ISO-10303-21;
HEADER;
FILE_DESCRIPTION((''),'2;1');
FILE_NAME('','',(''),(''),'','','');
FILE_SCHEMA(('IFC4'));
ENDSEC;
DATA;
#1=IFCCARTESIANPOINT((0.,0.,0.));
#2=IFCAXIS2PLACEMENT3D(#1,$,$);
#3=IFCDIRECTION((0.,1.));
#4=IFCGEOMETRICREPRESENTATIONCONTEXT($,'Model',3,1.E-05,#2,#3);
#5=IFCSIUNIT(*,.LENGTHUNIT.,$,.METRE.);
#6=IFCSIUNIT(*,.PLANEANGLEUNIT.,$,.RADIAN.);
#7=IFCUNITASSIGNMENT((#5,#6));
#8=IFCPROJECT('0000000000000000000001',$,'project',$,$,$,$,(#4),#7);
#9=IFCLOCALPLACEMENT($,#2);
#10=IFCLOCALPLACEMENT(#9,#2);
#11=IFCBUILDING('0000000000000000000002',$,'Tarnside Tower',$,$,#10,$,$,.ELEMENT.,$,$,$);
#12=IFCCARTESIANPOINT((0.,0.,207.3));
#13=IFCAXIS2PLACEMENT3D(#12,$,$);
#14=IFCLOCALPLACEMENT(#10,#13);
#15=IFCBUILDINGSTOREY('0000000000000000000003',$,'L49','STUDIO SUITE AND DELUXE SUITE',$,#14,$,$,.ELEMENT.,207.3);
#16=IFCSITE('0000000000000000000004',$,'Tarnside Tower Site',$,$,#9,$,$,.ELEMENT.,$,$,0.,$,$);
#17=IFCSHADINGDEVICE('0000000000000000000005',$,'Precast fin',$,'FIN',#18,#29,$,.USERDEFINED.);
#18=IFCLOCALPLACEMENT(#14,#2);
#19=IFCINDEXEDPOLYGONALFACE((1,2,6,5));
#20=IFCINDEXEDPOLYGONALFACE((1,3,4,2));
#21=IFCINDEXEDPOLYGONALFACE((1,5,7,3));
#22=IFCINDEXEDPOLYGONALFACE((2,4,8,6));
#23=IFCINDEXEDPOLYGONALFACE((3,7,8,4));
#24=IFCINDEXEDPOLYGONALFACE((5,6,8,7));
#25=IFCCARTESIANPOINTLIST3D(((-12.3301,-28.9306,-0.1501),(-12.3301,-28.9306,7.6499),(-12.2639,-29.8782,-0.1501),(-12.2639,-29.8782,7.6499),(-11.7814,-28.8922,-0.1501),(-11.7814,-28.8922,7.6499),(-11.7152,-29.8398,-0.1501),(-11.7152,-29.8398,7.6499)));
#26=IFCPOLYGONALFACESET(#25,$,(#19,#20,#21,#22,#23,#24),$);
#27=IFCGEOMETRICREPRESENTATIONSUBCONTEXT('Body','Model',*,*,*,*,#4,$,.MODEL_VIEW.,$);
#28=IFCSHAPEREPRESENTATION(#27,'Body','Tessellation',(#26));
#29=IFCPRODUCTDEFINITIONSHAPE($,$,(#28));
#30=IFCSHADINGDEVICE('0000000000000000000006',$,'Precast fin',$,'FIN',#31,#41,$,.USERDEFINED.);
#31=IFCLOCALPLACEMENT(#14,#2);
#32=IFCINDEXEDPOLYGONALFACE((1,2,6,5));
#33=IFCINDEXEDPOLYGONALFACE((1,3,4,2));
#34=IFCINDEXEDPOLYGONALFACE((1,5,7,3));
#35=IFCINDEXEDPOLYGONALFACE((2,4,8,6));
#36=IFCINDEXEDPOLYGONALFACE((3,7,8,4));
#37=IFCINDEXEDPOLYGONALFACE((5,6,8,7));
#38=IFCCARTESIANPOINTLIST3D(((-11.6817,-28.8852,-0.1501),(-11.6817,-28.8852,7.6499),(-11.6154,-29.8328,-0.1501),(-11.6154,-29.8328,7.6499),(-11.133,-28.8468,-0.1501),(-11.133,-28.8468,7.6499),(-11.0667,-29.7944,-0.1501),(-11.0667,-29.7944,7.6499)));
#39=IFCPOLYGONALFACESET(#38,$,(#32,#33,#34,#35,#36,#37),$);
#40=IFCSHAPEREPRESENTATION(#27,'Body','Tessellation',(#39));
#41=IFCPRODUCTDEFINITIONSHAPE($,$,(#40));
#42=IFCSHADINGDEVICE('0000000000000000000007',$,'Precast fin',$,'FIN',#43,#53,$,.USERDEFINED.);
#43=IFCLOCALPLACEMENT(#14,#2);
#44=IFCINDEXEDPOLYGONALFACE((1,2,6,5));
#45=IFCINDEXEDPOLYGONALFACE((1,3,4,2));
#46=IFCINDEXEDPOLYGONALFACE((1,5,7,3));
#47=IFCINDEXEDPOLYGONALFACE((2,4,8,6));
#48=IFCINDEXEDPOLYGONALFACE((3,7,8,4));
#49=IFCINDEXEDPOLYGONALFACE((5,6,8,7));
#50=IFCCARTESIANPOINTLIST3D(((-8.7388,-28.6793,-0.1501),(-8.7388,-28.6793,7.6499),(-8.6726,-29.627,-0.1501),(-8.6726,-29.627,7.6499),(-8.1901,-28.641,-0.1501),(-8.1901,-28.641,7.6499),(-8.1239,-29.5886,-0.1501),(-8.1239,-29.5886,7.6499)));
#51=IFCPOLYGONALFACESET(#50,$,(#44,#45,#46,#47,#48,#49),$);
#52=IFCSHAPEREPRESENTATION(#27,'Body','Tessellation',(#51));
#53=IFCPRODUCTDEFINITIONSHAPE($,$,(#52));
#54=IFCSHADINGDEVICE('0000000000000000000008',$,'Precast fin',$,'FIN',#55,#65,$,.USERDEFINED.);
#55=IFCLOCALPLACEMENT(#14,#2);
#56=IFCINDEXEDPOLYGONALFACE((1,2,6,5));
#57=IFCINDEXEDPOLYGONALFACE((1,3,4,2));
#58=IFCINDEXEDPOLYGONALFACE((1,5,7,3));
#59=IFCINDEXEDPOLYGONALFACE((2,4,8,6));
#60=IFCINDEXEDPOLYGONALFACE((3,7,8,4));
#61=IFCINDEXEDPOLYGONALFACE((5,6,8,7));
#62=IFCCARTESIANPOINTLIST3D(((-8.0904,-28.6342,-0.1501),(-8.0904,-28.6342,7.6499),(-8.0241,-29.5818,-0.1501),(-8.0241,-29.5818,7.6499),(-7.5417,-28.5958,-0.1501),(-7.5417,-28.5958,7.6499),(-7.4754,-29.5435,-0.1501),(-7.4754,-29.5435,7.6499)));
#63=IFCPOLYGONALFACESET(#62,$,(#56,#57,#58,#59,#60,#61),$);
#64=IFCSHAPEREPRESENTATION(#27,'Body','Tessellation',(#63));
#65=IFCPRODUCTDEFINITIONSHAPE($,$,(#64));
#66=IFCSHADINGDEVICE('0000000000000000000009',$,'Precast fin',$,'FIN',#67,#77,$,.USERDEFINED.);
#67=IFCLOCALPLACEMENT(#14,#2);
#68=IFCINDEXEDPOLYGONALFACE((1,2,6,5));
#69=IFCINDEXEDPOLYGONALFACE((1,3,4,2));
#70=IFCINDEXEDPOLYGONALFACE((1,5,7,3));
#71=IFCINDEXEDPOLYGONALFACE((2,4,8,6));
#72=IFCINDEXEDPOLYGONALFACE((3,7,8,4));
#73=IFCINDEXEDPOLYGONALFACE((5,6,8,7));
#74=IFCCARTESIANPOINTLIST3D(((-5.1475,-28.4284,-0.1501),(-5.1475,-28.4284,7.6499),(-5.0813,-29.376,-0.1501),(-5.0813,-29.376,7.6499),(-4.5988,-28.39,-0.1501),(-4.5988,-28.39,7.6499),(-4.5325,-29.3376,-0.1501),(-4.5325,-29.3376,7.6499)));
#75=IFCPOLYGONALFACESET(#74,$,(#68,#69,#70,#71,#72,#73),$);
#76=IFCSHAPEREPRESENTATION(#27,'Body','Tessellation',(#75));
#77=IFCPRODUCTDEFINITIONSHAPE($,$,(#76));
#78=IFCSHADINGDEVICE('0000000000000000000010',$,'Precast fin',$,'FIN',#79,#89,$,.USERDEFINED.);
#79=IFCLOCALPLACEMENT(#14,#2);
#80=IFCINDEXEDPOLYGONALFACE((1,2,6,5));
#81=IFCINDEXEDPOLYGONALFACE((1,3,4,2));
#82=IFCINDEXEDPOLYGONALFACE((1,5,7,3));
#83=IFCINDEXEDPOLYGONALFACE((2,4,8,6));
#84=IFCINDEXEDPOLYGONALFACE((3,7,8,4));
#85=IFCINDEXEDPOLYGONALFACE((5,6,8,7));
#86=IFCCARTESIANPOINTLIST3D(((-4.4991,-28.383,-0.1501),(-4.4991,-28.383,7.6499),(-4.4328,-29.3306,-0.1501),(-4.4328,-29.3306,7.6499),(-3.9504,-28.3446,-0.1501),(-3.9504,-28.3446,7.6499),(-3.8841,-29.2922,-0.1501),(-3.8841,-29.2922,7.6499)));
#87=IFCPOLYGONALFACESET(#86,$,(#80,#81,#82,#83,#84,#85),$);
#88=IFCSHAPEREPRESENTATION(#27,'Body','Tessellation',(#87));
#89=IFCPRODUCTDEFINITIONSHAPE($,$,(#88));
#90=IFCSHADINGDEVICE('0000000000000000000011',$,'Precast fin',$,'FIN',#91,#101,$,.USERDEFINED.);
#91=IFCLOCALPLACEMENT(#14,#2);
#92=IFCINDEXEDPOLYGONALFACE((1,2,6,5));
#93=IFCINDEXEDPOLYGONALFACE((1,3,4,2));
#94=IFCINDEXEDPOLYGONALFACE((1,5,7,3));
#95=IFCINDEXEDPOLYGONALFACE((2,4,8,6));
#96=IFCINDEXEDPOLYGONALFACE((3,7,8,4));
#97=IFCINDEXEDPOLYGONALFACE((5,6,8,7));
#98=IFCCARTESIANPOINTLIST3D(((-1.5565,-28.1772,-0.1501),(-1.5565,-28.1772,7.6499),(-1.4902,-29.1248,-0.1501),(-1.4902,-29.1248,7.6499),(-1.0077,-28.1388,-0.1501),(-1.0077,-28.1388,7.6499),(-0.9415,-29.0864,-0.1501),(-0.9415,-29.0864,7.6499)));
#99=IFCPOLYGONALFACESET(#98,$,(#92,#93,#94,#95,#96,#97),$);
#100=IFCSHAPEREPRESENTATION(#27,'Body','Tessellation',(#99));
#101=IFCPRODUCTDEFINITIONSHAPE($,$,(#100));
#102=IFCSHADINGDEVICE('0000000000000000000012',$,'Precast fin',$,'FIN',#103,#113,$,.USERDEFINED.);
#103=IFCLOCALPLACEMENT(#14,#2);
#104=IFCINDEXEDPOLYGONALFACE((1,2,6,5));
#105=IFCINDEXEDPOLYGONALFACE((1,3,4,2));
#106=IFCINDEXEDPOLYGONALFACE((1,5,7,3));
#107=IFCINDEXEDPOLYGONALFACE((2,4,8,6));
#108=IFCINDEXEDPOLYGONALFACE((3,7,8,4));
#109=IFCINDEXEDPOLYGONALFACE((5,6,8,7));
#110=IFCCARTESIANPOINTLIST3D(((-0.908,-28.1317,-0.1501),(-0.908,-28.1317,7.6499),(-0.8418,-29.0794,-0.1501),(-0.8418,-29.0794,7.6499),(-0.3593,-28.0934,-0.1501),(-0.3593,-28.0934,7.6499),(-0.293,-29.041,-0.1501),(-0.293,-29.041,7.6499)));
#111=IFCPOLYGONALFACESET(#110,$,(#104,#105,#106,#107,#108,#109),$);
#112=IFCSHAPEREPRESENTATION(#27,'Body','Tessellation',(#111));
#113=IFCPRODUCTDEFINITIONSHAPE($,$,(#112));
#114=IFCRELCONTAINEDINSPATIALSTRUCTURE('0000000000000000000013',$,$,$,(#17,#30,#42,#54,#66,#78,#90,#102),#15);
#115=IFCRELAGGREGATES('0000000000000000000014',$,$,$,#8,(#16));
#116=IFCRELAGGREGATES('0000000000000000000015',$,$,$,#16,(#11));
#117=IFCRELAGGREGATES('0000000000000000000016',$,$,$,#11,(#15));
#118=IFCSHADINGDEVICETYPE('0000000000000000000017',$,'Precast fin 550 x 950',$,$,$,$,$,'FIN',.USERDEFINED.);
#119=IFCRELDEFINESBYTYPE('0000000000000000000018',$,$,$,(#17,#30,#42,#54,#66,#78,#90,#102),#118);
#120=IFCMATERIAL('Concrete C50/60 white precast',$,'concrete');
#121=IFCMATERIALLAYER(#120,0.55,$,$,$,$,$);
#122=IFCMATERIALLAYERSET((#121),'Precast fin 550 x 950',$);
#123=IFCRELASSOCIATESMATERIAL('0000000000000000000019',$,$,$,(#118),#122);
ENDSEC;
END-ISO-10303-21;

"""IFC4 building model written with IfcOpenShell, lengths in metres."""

from ifc_helpers import new_model, si_unit, direction, frame, origin, place, context, subcontext, project, spatial, polyline, outline, extrude, material, layer, layer_set, type_object, element, save


model = new_model("IFC4")

# Units and contexts
model_context = context("Model", 3, precision=1e-05, world=origin(), true_north=direction((0.0, 1.0)))
body_context = subcontext(model_context, "Body", "Model", "MODEL_VIEW")
ifc_project = project(units=[si_unit("LENGTHUNIT", "METRE"), si_unit("PLANEANGLEUNIT", "RADIAN")], contexts=[model_context])

# Site, building, storey
site_placement = place(None, origin())
site = spatial("IfcSite", under=ifc_project, at=site_placement, Name="Tarnside Tower Site", CompositionType="ELEMENT", RefElevation=0.0)
building_placement = place(site_placement, origin())
building = spatial("IfcBuilding", under=site, at=building_placement, Name="Tarnside Tower", CompositionType="ELEMENT")
storey_placement = place(building_placement, frame((0.0, 0.0, 207.3)))
storey = spatial("IfcBuildingStorey", under=building, at=storey_placement, Name="L49", Description="STUDIO SUITE AND DELUXE SUITE", CompositionType="ELEMENT", Elevation=207.3)

# Shading devices
ifc_material_1 = material(Name="Concrete C50/60 white precast", Category="concrete")
ifc_layer_1 = layer(ifc_material_1, 0.55)
ifc_layer_set_1 = layer_set([ifc_layer_1], Name="Precast fin 550 x 950")
shading_device_type_1 = type_object("IfcShadingDeviceType", Name="Precast fin 550 x 950", ElementType="FIN", PredefinedType="USERDEFINED", material=ifc_layer_set_1)
for number, where, z_axis, x_axis, name in (
    (1, (-12.0557, -28.9114, -0.1501), (-0.997564, -0.069756, 0.0), (0.069756, -0.997564, 0.0), "Precast fin"),
    (2, (-11.4072, -28.866, -0.1501), (-0.997564, -0.069756, 0.0), (0.069756, -0.997564, 0.0), "Precast fin"),
    (3, (-8.4644, -28.6602, -0.1501), (-0.997564, -0.069756, 0.0), (0.069756, -0.997564, 0.0), "Precast fin"),
    (4, (-7.8159, -28.615, -0.1501), (-0.997564, -0.069756, 0.0), (0.069756, -0.997564, 0.0), "Precast fin"),
    (5, (-4.873, -28.4092, -0.1501), (-0.997564, -0.069756, 0.0), (0.069756, -0.997564, 0.0), "Precast fin"),
    (6, (-4.2246, -28.3638, -0.1501), (-0.997564, -0.069756, 0.0), (0.069756, -0.997564, 0.0), "Precast fin"),
    (7, (-1.282, -28.158, -0.1501), (-0.997564, -0.069756, 0.0), (0.069756, -0.997564, 0.0), "Precast fin"),
    (8, (-0.6335, -28.1125, -0.1501), (-0.997564, -0.069756, 0.0), (0.069756, -0.997564, 0.0), "Precast fin"),
):
    element("IfcShadingDevice", number, at=place(storey_placement, frame(where, z_axis=z_axis, x_axis=x_axis)), inside=storey, type_object=shading_device_type_1, Name=name, ObjectType="FIN", PredefinedType="USERDEFINED", context=body_context, shape_type="SweptSolid", body=[
        extrude(outline(polyline([(0.0, 0.0), (0.95, 0.0), (0.95, 7.8), (0.0, 7.8), (0.0, 0.0)])), frame((0.0, 0.0, -0.2749)), (0.0, 0.0, 1.0), 0.55),
    ])

save(model, "model.ifc")
